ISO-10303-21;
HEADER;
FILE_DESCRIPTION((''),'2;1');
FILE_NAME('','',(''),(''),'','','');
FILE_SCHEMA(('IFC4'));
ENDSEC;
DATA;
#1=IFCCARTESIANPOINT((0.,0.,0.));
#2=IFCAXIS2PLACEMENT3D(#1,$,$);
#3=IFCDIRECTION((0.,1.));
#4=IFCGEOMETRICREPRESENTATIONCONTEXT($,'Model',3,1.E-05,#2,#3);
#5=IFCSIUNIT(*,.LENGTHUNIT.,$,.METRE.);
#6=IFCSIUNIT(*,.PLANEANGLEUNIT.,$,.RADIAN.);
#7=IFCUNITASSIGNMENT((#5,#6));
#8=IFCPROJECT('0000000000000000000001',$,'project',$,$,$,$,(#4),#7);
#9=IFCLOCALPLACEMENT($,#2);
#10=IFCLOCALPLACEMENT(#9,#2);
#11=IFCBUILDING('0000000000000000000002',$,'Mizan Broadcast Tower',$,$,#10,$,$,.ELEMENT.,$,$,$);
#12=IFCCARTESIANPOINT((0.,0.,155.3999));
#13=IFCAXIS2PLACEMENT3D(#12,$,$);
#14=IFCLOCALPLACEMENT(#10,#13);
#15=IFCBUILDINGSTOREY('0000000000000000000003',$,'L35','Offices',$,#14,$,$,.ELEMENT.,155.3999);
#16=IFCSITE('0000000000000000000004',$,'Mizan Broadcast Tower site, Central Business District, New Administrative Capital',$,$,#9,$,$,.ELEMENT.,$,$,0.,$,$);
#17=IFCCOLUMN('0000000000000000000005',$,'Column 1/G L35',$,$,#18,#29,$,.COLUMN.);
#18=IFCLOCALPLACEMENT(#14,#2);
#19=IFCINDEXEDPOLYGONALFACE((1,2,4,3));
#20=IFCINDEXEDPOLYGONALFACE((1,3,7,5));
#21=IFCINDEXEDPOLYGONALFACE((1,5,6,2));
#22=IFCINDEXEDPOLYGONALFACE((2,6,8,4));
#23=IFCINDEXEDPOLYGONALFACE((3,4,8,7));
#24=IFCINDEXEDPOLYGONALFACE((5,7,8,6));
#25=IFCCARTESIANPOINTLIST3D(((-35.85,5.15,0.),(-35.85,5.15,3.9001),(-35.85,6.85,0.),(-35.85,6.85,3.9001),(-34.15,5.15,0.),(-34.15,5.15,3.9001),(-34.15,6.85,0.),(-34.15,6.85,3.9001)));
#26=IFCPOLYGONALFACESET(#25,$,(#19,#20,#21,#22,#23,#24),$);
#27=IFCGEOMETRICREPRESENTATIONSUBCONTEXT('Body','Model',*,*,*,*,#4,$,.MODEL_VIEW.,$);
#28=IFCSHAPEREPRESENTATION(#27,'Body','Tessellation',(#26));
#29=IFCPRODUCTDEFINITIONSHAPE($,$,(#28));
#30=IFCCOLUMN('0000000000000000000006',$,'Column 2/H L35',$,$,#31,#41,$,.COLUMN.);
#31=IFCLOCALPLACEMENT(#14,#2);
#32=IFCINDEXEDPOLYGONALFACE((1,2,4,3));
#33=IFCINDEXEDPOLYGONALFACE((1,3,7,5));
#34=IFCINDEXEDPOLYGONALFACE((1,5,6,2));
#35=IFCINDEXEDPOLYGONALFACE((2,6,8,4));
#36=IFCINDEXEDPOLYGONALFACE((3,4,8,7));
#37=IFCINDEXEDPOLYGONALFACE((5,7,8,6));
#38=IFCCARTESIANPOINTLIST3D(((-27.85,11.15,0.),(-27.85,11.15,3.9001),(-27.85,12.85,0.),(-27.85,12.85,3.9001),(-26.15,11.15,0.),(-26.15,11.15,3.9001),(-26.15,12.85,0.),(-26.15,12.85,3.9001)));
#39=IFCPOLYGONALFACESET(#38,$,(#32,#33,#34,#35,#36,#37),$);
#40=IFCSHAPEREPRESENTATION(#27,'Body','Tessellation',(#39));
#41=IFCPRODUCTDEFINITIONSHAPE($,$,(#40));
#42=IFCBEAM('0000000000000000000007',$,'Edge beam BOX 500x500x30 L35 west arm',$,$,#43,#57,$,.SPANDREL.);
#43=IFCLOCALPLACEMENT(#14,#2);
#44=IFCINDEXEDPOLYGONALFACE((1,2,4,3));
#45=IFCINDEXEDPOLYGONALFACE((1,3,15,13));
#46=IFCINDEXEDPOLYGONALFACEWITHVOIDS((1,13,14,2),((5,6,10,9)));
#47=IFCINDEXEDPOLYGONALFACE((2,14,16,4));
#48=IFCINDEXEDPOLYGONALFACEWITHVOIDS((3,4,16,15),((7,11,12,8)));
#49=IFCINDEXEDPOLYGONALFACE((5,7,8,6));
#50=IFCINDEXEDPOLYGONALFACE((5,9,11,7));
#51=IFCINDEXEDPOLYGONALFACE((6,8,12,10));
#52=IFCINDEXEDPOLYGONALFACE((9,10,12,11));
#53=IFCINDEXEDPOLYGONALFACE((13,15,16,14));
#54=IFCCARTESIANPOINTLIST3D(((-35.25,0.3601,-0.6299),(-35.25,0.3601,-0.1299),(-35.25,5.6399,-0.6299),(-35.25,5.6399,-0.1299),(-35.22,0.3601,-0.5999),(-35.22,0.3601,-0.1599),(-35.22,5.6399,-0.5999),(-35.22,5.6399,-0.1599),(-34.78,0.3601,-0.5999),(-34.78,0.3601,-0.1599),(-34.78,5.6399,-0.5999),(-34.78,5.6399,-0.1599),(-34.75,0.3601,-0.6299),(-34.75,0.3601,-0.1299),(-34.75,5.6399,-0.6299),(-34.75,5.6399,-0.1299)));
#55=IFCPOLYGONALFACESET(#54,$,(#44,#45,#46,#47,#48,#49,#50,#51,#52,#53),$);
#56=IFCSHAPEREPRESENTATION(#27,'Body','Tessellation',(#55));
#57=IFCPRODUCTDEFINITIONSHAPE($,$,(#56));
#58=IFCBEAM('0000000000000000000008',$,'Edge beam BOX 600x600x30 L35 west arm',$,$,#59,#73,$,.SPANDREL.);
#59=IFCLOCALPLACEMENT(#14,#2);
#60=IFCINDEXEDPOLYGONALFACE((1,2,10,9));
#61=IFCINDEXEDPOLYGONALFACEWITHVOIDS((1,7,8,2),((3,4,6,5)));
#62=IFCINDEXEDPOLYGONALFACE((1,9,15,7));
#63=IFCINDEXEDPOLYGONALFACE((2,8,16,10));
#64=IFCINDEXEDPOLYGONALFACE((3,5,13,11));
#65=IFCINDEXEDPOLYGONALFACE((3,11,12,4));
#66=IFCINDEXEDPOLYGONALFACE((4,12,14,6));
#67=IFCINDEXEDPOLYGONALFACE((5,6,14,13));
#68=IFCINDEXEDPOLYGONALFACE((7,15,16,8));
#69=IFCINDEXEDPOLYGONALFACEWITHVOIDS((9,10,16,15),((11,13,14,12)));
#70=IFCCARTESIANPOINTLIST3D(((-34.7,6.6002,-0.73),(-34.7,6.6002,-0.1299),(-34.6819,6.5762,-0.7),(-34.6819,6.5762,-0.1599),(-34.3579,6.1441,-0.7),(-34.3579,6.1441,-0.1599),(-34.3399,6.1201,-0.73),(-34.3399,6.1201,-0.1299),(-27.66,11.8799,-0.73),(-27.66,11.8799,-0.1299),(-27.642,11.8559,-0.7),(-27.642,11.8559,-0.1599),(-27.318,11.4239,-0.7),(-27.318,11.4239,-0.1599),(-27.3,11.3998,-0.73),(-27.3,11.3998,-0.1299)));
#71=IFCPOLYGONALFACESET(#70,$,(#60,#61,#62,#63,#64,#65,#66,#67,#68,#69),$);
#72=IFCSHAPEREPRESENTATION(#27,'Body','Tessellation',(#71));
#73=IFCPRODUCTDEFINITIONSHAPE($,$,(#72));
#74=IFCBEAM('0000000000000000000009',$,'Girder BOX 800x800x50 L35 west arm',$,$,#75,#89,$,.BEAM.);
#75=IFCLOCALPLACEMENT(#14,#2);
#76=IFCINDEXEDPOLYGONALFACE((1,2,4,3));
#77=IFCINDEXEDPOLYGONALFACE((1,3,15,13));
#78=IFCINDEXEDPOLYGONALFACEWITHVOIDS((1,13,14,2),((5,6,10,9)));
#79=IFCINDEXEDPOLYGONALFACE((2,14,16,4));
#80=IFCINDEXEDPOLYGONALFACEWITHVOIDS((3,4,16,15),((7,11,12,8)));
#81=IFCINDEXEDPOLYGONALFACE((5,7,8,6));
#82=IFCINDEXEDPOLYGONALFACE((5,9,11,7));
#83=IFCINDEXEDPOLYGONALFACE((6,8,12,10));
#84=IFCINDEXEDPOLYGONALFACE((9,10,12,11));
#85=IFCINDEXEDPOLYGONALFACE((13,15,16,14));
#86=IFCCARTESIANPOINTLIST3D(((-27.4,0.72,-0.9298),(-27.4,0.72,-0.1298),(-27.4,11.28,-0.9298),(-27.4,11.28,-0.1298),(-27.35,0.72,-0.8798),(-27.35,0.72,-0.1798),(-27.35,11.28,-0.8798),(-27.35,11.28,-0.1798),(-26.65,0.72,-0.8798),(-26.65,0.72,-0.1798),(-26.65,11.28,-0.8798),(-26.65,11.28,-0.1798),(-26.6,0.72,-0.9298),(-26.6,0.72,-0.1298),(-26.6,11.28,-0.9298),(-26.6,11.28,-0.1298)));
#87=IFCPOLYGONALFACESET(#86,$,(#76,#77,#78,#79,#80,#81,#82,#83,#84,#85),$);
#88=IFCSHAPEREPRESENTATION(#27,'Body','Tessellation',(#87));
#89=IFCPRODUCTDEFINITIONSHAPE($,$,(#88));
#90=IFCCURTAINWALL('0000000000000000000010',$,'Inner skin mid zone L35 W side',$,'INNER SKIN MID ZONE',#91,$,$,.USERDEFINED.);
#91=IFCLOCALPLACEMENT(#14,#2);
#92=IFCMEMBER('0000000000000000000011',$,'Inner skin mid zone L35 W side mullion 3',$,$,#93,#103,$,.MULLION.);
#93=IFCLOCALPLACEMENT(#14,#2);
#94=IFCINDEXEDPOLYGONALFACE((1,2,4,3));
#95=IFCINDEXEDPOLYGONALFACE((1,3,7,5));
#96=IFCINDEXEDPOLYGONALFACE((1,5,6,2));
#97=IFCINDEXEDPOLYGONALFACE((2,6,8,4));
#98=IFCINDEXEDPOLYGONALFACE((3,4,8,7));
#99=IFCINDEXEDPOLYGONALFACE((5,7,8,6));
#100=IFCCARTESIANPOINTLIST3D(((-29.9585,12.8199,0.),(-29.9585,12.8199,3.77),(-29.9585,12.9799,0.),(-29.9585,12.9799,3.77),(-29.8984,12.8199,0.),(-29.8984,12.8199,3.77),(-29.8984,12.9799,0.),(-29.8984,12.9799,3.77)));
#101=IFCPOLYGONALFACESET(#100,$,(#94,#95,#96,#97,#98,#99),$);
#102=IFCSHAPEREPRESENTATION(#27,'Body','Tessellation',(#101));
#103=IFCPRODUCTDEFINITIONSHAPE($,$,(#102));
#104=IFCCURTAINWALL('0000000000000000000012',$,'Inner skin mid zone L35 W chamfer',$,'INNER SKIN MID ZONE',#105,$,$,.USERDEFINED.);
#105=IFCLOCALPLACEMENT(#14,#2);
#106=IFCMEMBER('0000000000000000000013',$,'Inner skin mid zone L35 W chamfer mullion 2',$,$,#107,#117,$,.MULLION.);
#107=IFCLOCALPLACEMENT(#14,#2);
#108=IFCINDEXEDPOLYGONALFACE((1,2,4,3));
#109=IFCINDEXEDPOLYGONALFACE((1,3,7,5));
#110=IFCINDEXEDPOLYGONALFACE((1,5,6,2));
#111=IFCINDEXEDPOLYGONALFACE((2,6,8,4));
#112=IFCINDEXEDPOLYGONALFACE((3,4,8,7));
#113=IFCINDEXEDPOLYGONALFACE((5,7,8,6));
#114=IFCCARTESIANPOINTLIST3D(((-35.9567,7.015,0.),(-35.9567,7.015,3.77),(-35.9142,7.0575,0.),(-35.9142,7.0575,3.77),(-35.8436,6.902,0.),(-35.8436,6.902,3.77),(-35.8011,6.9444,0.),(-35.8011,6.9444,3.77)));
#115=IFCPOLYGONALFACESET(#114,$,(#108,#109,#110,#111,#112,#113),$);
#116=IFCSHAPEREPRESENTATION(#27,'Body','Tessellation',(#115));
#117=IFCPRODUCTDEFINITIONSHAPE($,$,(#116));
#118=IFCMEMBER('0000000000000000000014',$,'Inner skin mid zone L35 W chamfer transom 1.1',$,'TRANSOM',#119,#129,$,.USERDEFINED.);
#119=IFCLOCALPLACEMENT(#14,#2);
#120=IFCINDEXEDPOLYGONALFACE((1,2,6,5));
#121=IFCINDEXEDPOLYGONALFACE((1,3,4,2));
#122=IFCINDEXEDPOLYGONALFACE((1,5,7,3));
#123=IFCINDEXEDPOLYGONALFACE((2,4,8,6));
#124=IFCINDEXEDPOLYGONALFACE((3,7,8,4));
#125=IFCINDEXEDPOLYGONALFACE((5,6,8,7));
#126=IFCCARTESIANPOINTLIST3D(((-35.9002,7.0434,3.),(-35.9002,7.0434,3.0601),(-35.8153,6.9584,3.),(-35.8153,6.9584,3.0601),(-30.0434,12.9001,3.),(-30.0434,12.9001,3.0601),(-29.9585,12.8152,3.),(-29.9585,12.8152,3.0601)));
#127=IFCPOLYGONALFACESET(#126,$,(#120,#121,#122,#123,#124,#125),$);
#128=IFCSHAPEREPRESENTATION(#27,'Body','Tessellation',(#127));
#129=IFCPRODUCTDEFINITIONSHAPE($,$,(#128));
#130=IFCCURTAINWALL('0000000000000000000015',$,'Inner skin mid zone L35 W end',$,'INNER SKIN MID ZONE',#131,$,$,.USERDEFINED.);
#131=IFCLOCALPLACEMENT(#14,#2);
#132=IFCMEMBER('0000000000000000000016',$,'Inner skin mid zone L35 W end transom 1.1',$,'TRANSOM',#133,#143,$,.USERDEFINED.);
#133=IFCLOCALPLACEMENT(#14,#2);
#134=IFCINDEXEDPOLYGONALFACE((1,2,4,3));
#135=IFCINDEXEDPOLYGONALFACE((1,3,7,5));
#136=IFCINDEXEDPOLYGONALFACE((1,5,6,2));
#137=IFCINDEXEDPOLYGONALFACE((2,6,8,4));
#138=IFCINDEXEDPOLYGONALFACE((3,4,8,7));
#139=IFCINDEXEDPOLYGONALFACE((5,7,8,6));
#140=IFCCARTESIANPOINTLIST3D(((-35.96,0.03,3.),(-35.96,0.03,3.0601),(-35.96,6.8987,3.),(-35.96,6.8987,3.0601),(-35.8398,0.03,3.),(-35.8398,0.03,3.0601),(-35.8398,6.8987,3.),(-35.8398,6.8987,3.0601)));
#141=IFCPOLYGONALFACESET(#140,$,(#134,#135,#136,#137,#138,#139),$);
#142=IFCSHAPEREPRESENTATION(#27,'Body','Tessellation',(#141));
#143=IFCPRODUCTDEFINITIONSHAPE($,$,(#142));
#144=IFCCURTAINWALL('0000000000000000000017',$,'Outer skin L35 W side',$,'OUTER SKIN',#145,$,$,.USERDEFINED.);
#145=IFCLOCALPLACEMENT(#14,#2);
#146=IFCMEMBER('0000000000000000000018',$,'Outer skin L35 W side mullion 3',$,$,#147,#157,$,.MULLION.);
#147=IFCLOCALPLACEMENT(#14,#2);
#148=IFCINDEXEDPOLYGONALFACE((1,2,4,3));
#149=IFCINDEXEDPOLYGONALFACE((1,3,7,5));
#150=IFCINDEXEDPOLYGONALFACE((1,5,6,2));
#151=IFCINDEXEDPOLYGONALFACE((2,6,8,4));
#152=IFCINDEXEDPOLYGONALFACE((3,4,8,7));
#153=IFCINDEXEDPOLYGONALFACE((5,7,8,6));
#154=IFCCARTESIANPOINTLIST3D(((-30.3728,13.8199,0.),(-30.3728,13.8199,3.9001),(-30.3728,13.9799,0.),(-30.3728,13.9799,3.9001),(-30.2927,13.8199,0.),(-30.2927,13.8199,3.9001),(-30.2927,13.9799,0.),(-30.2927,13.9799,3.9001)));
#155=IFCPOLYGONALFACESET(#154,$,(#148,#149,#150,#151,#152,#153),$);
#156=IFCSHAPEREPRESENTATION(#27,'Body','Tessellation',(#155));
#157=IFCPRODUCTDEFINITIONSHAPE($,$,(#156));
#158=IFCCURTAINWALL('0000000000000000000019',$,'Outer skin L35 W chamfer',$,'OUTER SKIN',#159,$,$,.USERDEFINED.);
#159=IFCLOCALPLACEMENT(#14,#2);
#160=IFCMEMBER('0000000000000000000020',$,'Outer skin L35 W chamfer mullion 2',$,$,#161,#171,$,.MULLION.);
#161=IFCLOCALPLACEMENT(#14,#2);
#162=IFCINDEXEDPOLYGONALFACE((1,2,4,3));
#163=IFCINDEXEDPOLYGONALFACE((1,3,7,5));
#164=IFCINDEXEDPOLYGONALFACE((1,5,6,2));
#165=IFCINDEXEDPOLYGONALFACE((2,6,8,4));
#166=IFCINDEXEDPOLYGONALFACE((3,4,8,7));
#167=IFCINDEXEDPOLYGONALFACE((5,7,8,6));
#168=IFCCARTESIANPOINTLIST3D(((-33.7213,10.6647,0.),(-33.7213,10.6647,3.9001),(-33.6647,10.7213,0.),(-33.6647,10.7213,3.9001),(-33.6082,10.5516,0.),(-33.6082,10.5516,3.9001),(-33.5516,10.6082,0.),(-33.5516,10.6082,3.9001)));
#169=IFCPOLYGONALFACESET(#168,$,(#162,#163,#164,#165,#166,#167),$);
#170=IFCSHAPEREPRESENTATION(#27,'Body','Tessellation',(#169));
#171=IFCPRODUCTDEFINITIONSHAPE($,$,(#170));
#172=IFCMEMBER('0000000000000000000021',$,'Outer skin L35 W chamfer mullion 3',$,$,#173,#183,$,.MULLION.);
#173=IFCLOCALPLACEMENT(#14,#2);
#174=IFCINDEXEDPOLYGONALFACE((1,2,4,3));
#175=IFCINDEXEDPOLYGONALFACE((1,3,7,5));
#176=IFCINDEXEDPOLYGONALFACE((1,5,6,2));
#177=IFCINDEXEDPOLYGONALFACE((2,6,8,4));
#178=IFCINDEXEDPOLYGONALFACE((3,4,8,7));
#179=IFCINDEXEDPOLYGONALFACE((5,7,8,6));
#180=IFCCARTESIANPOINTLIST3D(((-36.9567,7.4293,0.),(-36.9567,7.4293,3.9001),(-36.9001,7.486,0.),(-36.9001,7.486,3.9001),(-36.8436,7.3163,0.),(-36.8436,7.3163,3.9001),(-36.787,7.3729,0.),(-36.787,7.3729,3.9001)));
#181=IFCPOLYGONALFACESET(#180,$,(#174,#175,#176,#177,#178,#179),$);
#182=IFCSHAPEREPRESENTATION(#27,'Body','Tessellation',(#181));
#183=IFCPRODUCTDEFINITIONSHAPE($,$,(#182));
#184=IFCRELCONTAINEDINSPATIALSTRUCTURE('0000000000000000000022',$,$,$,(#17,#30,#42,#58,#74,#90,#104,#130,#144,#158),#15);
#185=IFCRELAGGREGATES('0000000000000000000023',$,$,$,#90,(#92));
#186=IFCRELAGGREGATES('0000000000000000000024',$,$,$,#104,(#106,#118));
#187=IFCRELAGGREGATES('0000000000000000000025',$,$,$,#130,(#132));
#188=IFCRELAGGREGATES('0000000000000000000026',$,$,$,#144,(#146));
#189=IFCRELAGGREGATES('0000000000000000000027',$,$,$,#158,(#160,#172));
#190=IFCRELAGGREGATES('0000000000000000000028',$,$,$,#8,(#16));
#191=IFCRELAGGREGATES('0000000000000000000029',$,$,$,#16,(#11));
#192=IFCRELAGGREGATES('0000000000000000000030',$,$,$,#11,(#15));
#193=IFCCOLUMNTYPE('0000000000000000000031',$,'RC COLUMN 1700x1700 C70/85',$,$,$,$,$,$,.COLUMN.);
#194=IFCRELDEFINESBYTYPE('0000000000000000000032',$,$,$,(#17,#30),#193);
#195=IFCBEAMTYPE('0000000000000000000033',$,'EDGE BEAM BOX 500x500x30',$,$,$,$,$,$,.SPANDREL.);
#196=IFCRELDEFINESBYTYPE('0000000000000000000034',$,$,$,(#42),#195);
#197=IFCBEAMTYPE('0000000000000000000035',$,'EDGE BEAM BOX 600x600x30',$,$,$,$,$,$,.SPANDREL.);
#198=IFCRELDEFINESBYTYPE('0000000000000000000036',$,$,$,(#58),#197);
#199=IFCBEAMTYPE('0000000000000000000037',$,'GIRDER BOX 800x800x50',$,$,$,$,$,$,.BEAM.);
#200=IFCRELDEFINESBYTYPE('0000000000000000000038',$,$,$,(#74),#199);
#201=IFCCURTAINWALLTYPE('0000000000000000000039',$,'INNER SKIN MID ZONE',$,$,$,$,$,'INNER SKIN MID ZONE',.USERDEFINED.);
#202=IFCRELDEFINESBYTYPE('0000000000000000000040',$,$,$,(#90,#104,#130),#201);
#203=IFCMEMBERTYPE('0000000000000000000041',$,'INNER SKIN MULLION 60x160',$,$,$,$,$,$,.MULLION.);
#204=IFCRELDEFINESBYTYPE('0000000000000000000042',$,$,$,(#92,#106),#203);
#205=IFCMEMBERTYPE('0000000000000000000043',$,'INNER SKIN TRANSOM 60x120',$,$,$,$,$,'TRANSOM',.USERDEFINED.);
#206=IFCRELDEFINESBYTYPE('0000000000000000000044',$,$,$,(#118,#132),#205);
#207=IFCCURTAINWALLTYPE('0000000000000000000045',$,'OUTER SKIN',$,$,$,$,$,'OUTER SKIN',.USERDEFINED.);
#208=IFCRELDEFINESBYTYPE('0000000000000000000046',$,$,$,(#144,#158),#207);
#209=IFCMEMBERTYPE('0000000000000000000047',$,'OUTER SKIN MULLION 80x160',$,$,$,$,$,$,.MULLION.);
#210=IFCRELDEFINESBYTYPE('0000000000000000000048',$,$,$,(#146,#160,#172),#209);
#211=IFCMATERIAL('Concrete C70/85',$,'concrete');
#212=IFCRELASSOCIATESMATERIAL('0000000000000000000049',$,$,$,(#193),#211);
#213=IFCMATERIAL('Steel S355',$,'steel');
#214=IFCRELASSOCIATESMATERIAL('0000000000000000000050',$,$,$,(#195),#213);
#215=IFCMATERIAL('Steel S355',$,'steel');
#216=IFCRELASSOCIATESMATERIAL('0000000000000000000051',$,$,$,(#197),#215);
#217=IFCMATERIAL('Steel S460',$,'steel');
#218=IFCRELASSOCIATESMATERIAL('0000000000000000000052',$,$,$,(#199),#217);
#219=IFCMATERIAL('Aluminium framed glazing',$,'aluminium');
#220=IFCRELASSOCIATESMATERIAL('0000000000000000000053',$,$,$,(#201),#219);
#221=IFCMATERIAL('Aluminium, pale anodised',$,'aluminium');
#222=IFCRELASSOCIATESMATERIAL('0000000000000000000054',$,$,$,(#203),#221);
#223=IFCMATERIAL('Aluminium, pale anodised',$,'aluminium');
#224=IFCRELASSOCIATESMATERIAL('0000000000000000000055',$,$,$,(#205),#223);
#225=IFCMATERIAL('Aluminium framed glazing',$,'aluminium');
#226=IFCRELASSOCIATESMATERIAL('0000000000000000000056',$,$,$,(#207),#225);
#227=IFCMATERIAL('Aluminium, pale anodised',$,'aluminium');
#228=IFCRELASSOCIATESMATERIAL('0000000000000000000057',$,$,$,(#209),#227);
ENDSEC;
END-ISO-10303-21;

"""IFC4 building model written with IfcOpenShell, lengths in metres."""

from ifc_helpers import new_model, si_unit, direction, frame, origin, origin_2d, place, context, subcontext, project, spatial, rectangle, hollow_rectangle, extrude, material, material_profile, profile_set, type_object, element, aggregate, save


model = new_model("IFC4")

# Units and contexts
model_context = context("Model", 3, precision=1e-05, world=origin(), true_north=direction((0.0, 1.0)))
body_context = subcontext(model_context, "Body", "Model", "MODEL_VIEW")
ifc_project = project(units=[si_unit("LENGTHUNIT", "METRE"), si_unit("PLANEANGLEUNIT", "RADIAN")], contexts=[model_context])

# Site, building, storey
site_placement = place(None, origin())
site = spatial("IfcSite", under=ifc_project, at=site_placement, Name="Mizan Broadcast Tower site, Central Business District, New Administrative Capital", CompositionType="ELEMENT", RefElevation=0.0)
building_placement = place(site_placement, origin())
building = spatial("IfcBuilding", under=site, at=building_placement, Name="Mizan Broadcast Tower", CompositionType="ELEMENT")
storey_placement = place(building_placement, frame((0.0, 0.0, 155.3999)))
storey = spatial("IfcBuildingStorey", under=building, at=storey_placement, Name="L35", Description="Offices", CompositionType="ELEMENT", Elevation=155.3999)

# Columns
ifc_material_1 = material(Name="Concrete C70/85", Category="concrete")
ifc_material_profile_1 = material_profile(ifc_material_1, rectangle(XDim=1.7, YDim=1.7, at=origin_2d()), Name="RC 1700x1700")
ifc_profile_set_1 = profile_set([ifc_material_profile_1], Name="Concrete C70/85")
column_type = type_object("IfcColumnType", Name="RC COLUMN 1700x1700 C70/85", PredefinedType="COLUMN", material=ifc_profile_set_1)
for number, where, z_axis, x_axis, name in (
    (1, (-35.0, 6.0, 0.0), (0.0, 0.0, 1.0), (1.0, 0.0, 0.0), "Column 1/G L35"),
    (2, (-27.0, 12.0, 0.0), (0.0, 0.0, 1.0), (1.0, 0.0, 0.0), "Column 2/H L35"),
):
    element("IfcColumn", number, at=place(storey_placement, frame(where, z_axis=z_axis, x_axis=x_axis)), inside=storey, type_object=column_type, Name=name, PredefinedType="COLUMN", context=body_context, shape_type="SweptSolid", body=[
        extrude(rectangle(XDim=1.7, YDim=1.7, at=origin_2d()), origin(), (0.0, 0.0, 1.0), 3.9001),
    ])

# Beams
ifc_material_2 = material(Name="Steel S355", Category="steel")
ifc_material_profile_2 = material_profile(ifc_material_2, hollow_rectangle(XDim=0.5, YDim=0.5, WallThickness=0.03, at=origin_2d()), Name="BOX 500x500x30")
ifc_profile_set_2 = profile_set([ifc_material_profile_2], Name="Steel S355")
beam_type_1 = type_object("IfcBeamType", Name="EDGE BEAM BOX 500x500x30", PredefinedType="SPANDREL", material=ifc_profile_set_2)
beam_1_placement = place(storey_placement, frame((-35.0, 5.6399, -0.3799), z_axis=(0.0, -1.0, 0.0), x_axis=(1.0, 0.0, 0.0)))
element("IfcBeam", 3, at=beam_1_placement, inside=storey, type_object=beam_type_1, Name="Edge beam BOX 500x500x30 L35 west arm", PredefinedType="SPANDREL", context=body_context, shape_type="SweptSolid", body=[
    extrude(hollow_rectangle(XDim=0.5, YDim=0.5, WallThickness=0.03, at=origin_2d()), origin(), (0.0, 0.0, 1.0), 5.2798),
])
ifc_material_3 = material(Name="Steel S355", Category="steel")
ifc_material_profile_3 = material_profile(ifc_material_3, hollow_rectangle(XDim=0.6001, YDim=0.6001, WallThickness=0.03, at=origin_2d()), Name="BOX 600x600x30")
ifc_profile_set_3 = profile_set([ifc_material_profile_3], Name="Steel S355")
beam_type_2 = type_object("IfcBeamType", Name="EDGE BEAM BOX 600x600x30", PredefinedType="SPANDREL", material=ifc_profile_set_3)
beam_2_placement = place(storey_placement, frame((-27.48, 11.6399, -0.4299), z_axis=(-0.800013, -0.599982, 0.0), x_axis=(0.599982, -0.800013, 0.0)))
element("IfcBeam", 4, at=beam_2_placement, inside=storey, type_object=beam_type_2, Name="Edge beam BOX 600x600x30 L35 west arm", PredefinedType="SPANDREL", context=body_context, shape_type="SweptSolid", body=[
    extrude(hollow_rectangle(XDim=0.6001, YDim=0.6001, WallThickness=0.03, at=origin_2d()), origin(), (0.0, 0.0, 1.0), 8.7998),
])
ifc_material_4 = material(Name="Steel S460", Category="steel")
ifc_material_profile_4 = material_profile(ifc_material_4, hollow_rectangle(XDim=0.8, YDim=0.8, WallThickness=0.05, at=origin_2d()), Name="BOX 800x800x50")
ifc_profile_set_4 = profile_set([ifc_material_profile_4], Name="Steel S460")
beam_type_3 = type_object("IfcBeamType", Name="GIRDER BOX 800x800x50", PredefinedType="BEAM", material=ifc_profile_set_4)
beam_3_placement = place(storey_placement, frame((-27.0, 11.28, -0.5298), z_axis=(0.0, -1.0, 0.0), x_axis=(1.0, 0.0, 0.0)))
element("IfcBeam", 5, at=beam_3_placement, inside=storey, type_object=beam_type_3, Name="Girder BOX 800x800x50 L35 west arm", PredefinedType="BEAM", context=body_context, shape_type="SweptSolid", body=[
    extrude(hollow_rectangle(XDim=0.8, YDim=0.8, WallThickness=0.05, at=origin_2d()), origin(), (0.0, 0.0, 1.0), 10.5601),
])

# Curtain wall, member
ifc_material_5 = material(Name="Aluminium framed glazing", Category="aluminium")
curtain_wall_type_1 = type_object("IfcCurtainWallType", Name="INNER SKIN MID ZONE", ElementType="INNER SKIN MID ZONE", PredefinedType="USERDEFINED", material=ifc_material_5)
curtain_wall_1_placement = place(storey_placement, origin())
curtain_wall_1 = element("IfcCurtainWall", 6, at=curtain_wall_1_placement, inside=storey, type_object=curtain_wall_type_1, Name="Inner skin mid zone L35 W side", ObjectType="INNER SKIN MID ZONE", PredefinedType="USERDEFINED")
ifc_material_6 = material(Name="Aluminium, pale anodised", Category="aluminium")
ifc_material_profile_5 = material_profile(ifc_material_6, rectangle(XDim=0.1599, YDim=0.0601, at=origin_2d()), Name="MULLION 160x60")
ifc_profile_set_5 = profile_set([ifc_material_profile_5], Name="Aluminium, pale anodised")
member_type_1 = type_object("IfcMemberType", Name="INNER SKIN MULLION 60x160", PredefinedType="MULLION", material=ifc_profile_set_5)
member_1_placement = place(storey_placement, frame((-29.9285, 12.8999, 0.0), z_axis=(0.0, 0.0, 1.0), x_axis=(0.0, -1.0, 0.0)))
member_1 = element("IfcMember", 7, at=member_1_placement, type_object=member_type_1, Name="Inner skin mid zone L35 W side mullion 3", PredefinedType="MULLION", context=body_context, shape_type="SweptSolid", body=[
    extrude(rectangle(XDim=0.1599, YDim=0.0601, at=origin_2d()), origin(), (0.0, 0.0, 1.0), 3.77),
])

# Curtain wall, members
curtain_wall_2_placement = place(storey_placement, origin())
curtain_wall_2 = element("IfcCurtainWall", 8, at=curtain_wall_2_placement, inside=storey, type_object=curtain_wall_type_1, Name="Inner skin mid zone L35 W chamfer", ObjectType="INNER SKIN MID ZONE", PredefinedType="USERDEFINED")
member_2_placement = place(storey_placement, frame((-35.8789, 6.9797, 0.0), z_axis=(0.0, 0.0, 1.0), x_axis=(0.707107, -0.707107, 0.0)))
member_2 = element("IfcMember", 9, at=member_2_placement, type_object=member_type_1, Name="Inner skin mid zone L35 W chamfer mullion 2", PredefinedType="MULLION", context=body_context, shape_type="SweptSolid", body=[
    extrude(rectangle(XDim=0.1599, YDim=0.0601, at=origin_2d()), origin(), (0.0, 0.0, 1.0), 3.77),
])
ifc_material_7 = material(Name="Aluminium, pale anodised", Category="aluminium")
ifc_material_profile_6 = material_profile(ifc_material_7, rectangle(XDim=0.1201, YDim=0.0601, at=origin_2d()), Name="TRANSOM 120x60")
ifc_profile_set_6 = profile_set([ifc_material_profile_6], Name="Aluminium, pale anodised")
member_type_2 = type_object("IfcMemberType", Name="INNER SKIN TRANSOM 60x120", ElementType="TRANSOM", PredefinedType="USERDEFINED", material=ifc_profile_set_6)
member_3_placement = place(storey_placement, frame((-30.001, 12.8577, 3.03), z_axis=(-0.707107, -0.707107, 0.0), x_axis=(0.707107, -0.707107, 0.0)))
member_3 = element("IfcMember", 10, at=member_3_placement, type_object=member_type_2, Name="Inner skin mid zone L35 W chamfer transom 1.1", ObjectType="TRANSOM", PredefinedType="USERDEFINED", context=body_context, shape_type="SweptSolid", body=[
    extrude(rectangle(XDim=0.1201, YDim=0.0601, at=origin_2d()), origin(), (0.0, 0.0, 1.0), 8.2827),
])

# Curtain walls, members
curtain_wall_3_placement = place(storey_placement, origin())
curtain_wall_3 = element("IfcCurtainWall", 11, at=curtain_wall_3_placement, inside=storey, type_object=curtain_wall_type_1, Name="Inner skin mid zone L35 W end", ObjectType="INNER SKIN MID ZONE", PredefinedType="USERDEFINED")
member_4_placement = place(storey_placement, frame((-35.8999, 6.8987, 3.03), z_axis=(0.0, -1.0, 0.0), x_axis=(1.0, 0.0, 0.0)))
member_4 = element("IfcMember", 12, at=member_4_placement, type_object=member_type_2, Name="Inner skin mid zone L35 W end transom 1.1", ObjectType="TRANSOM", PredefinedType="USERDEFINED", context=body_context, shape_type="SweptSolid", body=[
    extrude(rectangle(XDim=0.1201, YDim=0.0601, at=origin_2d()), origin(), (0.0, 0.0, 1.0), 6.8687),
])
ifc_material_8 = material(Name="Aluminium framed glazing", Category="aluminium")
curtain_wall_type_2 = type_object("IfcCurtainWallType", Name="OUTER SKIN", ElementType="OUTER SKIN", PredefinedType="USERDEFINED", material=ifc_material_8)
curtain_wall_4_placement = place(storey_placement, origin())
curtain_wall_4 = element("IfcCurtainWall", 13, at=curtain_wall_4_placement, inside=storey, type_object=curtain_wall_type_2, Name="Outer skin L35 W side", ObjectType="OUTER SKIN", PredefinedType="USERDEFINED")
ifc_material_9 = material(Name="Aluminium, pale anodised", Category="aluminium")
ifc_material_profile_7 = material_profile(ifc_material_9, rectangle(XDim=0.1599, YDim=0.0801, at=origin_2d()), Name="MULLION 160x80")
ifc_profile_set_7 = profile_set([ifc_material_profile_7], Name="Aluminium, pale anodised")
member_type_3 = type_object("IfcMemberType", Name="OUTER SKIN MULLION 80x160", PredefinedType="MULLION", material=ifc_profile_set_7)
member_5_placement = place(storey_placement, frame((-30.3328, 13.8999, 0.0), z_axis=(0.0, 0.0, 1.0), x_axis=(0.0, -1.0, 0.0)))
member_5 = element("IfcMember", 14, at=member_5_placement, type_object=member_type_3, Name="Outer skin L35 W side mullion 3", PredefinedType="MULLION", context=body_context, shape_type="SweptSolid", body=[
    extrude(rectangle(XDim=0.1599, YDim=0.0801, at=origin_2d()), origin(), (0.0, 0.0, 1.0), 3.9001),
])

# Curtain wall, members
curtain_wall_5_placement = place(storey_placement, origin())
curtain_wall_5 = element("IfcCurtainWall", 15, at=curtain_wall_5_placement, inside=storey, type_object=curtain_wall_type_2, Name="Outer skin L35 W chamfer", ObjectType="OUTER SKIN", PredefinedType="USERDEFINED")
member_6_placement = place(storey_placement, frame((-33.6365, 10.6365, 0.0), z_axis=(0.0, 0.0, 1.0), x_axis=(0.707107, -0.707107, 0.0)))
member_6 = element("IfcMember", 16, at=member_6_placement, type_object=member_type_3, Name="Outer skin L35 W chamfer mullion 2", PredefinedType="MULLION", context=body_context, shape_type="SweptSolid", body=[
    extrude(rectangle(XDim=0.1599, YDim=0.0801, at=origin_2d()), origin(), (0.0, 0.0, 1.0), 3.9001),
])
member_7_placement = place(storey_placement, frame((-36.8718, 7.4011, 0.0), z_axis=(0.0, 0.0, 1.0), x_axis=(0.707107, -0.707107, 0.0)))
member_7 = element("IfcMember", 17, at=member_7_placement, type_object=member_type_3, Name="Outer skin L35 W chamfer mullion 3", PredefinedType="MULLION", context=body_context, shape_type="SweptSolid", body=[
    extrude(rectangle(XDim=0.1599, YDim=0.0801, at=origin_2d()), origin(), (0.0, 0.0, 1.0), 3.9001),
])

aggregate(curtain_wall_1, [member_1])
aggregate(curtain_wall_2, [member_2, member_3])
aggregate(curtain_wall_3, [member_4])
aggregate(curtain_wall_4, [member_5])
aggregate(curtain_wall_5, [member_6, member_7])

save(model, "model.ifc")
